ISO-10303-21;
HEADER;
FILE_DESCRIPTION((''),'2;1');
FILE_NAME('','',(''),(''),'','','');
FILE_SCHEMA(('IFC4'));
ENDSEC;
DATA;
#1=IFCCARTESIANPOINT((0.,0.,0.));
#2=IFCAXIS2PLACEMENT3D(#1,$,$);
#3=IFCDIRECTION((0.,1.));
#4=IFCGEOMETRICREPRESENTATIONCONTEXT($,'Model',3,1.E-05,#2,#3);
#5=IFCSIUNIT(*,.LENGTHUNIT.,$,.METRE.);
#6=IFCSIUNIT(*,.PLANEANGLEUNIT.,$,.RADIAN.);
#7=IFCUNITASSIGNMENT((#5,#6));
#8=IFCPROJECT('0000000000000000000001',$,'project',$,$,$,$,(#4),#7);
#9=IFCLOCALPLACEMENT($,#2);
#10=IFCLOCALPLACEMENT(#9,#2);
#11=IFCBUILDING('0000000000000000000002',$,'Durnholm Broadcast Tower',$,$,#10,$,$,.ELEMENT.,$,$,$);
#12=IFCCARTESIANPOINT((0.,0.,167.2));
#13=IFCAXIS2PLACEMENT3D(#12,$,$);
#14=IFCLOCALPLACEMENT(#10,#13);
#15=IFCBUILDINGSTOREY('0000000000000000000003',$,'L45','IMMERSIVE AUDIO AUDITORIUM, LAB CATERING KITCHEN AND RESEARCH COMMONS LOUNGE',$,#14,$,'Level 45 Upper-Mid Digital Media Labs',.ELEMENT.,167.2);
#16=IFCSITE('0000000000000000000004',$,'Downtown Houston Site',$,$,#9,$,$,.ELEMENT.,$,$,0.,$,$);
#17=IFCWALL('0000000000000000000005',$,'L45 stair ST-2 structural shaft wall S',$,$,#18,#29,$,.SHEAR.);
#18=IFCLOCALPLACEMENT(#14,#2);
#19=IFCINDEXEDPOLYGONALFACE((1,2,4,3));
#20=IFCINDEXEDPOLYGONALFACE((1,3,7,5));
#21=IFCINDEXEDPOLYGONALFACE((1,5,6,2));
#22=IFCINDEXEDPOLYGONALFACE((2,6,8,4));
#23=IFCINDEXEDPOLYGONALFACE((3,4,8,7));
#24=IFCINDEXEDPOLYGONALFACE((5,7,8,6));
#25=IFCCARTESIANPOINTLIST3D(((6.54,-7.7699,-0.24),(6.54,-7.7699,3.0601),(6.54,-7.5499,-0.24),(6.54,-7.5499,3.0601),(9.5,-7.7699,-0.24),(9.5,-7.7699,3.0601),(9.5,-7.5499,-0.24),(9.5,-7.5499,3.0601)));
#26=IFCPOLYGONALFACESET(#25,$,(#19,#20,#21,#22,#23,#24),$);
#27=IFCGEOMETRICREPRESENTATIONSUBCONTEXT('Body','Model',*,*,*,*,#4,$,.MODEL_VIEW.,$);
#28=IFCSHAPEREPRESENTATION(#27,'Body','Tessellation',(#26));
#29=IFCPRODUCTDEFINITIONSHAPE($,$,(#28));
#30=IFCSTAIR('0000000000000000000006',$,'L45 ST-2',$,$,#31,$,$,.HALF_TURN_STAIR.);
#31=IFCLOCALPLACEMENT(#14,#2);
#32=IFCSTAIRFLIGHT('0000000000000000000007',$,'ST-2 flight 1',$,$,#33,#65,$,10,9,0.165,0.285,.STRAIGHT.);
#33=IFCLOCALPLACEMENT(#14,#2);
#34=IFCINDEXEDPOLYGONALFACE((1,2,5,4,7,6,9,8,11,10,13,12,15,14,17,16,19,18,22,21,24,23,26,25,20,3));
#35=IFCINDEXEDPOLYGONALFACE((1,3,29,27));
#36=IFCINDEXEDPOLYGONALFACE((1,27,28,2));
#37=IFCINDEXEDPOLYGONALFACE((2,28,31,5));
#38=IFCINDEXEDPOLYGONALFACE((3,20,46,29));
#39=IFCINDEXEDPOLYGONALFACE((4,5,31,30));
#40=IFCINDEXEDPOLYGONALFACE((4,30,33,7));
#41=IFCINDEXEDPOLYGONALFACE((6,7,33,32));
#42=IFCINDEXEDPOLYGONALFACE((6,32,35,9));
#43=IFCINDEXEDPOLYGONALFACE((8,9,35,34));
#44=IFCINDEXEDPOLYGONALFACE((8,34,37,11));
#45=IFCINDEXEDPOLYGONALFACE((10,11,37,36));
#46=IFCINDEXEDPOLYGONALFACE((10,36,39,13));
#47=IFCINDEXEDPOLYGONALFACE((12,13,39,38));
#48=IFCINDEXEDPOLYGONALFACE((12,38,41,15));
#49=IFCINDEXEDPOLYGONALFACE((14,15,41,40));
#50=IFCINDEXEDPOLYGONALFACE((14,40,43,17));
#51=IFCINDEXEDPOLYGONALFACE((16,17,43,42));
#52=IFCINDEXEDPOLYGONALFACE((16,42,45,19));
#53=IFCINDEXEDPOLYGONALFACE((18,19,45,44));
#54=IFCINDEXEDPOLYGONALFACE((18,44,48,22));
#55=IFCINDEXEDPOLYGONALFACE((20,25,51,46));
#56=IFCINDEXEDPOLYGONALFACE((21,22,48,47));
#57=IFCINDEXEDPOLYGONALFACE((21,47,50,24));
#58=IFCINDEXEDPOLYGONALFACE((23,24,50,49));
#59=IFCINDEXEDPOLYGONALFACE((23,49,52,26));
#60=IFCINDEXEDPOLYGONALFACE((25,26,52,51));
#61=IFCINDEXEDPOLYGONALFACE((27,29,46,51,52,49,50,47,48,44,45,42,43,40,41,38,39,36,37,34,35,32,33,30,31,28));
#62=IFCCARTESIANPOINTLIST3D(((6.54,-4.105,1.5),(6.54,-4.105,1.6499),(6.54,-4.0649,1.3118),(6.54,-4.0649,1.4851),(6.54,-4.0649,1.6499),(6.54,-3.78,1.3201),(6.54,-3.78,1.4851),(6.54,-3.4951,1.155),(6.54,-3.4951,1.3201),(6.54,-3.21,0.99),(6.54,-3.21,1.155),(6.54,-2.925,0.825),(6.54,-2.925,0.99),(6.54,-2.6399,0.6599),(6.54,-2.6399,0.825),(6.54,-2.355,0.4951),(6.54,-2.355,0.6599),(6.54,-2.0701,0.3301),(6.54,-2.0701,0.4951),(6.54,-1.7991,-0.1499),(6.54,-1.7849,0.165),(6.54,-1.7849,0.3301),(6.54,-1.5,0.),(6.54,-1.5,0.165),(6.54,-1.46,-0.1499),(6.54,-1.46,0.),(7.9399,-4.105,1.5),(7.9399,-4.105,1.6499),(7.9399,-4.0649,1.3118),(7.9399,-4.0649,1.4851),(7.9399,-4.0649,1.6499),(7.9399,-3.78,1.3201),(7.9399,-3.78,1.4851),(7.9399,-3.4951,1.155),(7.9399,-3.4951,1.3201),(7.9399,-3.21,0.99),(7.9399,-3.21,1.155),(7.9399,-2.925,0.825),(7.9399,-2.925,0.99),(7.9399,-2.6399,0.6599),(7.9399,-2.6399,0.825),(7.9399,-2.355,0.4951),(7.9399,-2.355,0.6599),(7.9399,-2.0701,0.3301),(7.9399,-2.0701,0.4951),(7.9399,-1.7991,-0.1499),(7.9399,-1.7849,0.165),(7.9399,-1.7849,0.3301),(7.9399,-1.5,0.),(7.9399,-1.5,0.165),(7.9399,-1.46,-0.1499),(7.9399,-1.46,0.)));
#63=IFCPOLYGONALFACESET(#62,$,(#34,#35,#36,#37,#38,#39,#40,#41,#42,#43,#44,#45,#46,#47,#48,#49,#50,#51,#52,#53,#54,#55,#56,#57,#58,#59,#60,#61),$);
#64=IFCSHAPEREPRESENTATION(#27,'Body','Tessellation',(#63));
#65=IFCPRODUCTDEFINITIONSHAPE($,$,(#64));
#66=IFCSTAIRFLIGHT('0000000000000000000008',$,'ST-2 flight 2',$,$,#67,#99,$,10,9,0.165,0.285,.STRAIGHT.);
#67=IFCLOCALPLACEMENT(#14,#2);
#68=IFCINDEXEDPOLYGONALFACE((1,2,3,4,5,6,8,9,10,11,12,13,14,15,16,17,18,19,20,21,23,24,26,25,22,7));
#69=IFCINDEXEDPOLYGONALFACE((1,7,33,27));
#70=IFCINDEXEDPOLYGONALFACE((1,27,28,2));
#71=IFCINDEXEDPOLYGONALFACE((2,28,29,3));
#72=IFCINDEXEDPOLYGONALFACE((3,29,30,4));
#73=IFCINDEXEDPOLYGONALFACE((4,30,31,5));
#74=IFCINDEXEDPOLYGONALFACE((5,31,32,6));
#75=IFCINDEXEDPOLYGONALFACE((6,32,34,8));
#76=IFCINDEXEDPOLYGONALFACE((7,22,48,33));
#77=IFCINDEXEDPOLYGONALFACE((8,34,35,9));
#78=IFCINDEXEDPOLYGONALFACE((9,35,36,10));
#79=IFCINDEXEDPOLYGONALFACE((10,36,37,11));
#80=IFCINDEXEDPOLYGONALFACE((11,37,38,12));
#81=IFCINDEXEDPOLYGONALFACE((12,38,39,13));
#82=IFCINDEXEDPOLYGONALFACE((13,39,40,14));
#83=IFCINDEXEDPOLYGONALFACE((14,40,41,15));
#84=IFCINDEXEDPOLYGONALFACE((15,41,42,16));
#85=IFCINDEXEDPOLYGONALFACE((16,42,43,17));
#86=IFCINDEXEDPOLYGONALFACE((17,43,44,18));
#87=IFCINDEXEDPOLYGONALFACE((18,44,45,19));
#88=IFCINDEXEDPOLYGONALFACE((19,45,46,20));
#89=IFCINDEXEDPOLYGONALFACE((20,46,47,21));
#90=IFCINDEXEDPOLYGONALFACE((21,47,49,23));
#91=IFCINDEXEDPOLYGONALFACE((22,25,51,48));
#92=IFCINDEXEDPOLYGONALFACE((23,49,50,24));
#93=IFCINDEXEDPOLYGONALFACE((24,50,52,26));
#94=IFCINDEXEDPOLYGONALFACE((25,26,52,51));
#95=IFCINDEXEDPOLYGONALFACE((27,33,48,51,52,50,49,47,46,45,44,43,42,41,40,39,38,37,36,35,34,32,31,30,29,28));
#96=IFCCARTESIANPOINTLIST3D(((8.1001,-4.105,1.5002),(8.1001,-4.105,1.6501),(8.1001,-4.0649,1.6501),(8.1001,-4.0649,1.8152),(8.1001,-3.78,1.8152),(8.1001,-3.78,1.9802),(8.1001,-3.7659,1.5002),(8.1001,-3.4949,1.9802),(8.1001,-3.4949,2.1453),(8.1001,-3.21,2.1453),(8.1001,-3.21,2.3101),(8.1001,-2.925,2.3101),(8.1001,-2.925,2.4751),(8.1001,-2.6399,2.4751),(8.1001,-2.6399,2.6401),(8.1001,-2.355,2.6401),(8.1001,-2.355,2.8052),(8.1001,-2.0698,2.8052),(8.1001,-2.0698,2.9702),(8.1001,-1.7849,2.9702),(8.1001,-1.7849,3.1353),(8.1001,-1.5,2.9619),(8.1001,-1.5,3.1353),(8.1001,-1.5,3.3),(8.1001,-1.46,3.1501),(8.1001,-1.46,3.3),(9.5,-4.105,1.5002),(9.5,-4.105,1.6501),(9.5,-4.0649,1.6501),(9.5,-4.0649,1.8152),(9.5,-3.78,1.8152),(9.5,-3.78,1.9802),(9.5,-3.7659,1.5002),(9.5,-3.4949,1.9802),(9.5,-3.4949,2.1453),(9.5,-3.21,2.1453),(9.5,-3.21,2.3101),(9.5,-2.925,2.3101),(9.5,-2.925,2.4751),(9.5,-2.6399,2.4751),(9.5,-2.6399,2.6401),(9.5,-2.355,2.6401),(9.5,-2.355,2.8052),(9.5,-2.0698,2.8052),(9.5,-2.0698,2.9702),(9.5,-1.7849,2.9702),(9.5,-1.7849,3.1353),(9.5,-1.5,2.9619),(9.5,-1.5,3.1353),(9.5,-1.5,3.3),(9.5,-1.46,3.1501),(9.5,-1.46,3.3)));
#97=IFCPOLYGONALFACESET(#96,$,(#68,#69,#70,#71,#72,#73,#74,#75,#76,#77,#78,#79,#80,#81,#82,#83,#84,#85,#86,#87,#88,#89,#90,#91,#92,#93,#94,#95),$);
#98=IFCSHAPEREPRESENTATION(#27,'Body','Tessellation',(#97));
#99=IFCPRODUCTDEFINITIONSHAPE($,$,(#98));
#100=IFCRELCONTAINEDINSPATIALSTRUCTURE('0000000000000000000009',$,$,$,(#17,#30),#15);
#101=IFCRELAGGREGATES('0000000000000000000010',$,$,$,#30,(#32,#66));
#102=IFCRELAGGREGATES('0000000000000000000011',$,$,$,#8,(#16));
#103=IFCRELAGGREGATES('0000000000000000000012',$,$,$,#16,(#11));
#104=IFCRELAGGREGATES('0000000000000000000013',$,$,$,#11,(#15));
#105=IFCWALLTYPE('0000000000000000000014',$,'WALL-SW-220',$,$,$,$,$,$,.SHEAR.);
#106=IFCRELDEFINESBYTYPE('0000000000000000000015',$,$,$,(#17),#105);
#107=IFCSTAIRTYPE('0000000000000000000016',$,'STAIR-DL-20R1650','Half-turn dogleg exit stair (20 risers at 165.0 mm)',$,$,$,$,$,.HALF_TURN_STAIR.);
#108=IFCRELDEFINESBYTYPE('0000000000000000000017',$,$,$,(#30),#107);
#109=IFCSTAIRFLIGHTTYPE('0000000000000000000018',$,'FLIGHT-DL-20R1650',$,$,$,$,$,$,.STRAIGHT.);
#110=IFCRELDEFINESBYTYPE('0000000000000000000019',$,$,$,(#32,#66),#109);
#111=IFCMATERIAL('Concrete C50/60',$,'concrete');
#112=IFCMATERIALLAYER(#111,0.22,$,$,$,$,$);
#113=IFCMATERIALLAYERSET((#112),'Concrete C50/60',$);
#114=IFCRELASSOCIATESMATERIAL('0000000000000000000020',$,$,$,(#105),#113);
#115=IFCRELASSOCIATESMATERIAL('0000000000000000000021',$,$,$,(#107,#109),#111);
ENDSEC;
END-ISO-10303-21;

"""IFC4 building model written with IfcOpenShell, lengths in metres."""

from ifc_helpers import new_model, si_unit, direction, frame, frame_2d, origin, place, context, subcontext, project, spatial, polyline, rectangle, outline, extrude, material, layer, layer_set, type_object, element, aggregate, save


model = new_model("IFC4")

# Units and contexts
model_context = context("Model", 3, precision=1e-05, world=origin(), true_north=direction((0.0, 1.0)))
body_context = subcontext(model_context, "Body", "Model", "MODEL_VIEW")
ifc_project = project(units=[si_unit("LENGTHUNIT", "METRE"), si_unit("PLANEANGLEUNIT", "RADIAN")], contexts=[model_context])

# Site, building, storey
site_placement = place(None, origin())
site = spatial("IfcSite", under=ifc_project, at=site_placement, Name="Downtown Houston Site", CompositionType="ELEMENT", RefElevation=0.0)
building_placement = place(site_placement, origin())
building = spatial("IfcBuilding", under=site, at=building_placement, Name="Durnholm Broadcast Tower", CompositionType="ELEMENT")
storey_placement = place(building_placement, frame((0.0, 0.0, 167.2)))
storey = spatial("IfcBuildingStorey", under=building, at=storey_placement, Name="L45", Description="IMMERSIVE AUDIO AUDITORIUM, LAB CATERING KITCHEN AND RESEARCH COMMONS LOUNGE", LongName="Level 45 Upper-Mid Digital Media Labs", CompositionType="ELEMENT", Elevation=167.2)

# Wall
ifc_material_1 = material(Name="Concrete C50/60", Category="concrete")
ifc_layer_1 = layer(ifc_material_1, 0.22)
ifc_layer_set_1 = layer_set([ifc_layer_1], Name="Concrete C50/60")
wall_type_1 = type_object("IfcWallType", Name="WALL-SW-220", PredefinedType="SHEAR", material=ifc_layer_set_1)
wall_1_placement = place(storey_placement, frame((6.54, -7.6599, -0.24), z_axis=(0.0, 0.0, 1.0), x_axis=(1.0, 0.0, 0.0)))
element("IfcWall", 1, at=wall_1_placement, inside=storey, type_object=wall_type_1, Name="L45 stair ST-2 structural shaft wall S", PredefinedType="SHEAR", context=body_context, shape_type="SweptSolid", body=[
    extrude(rectangle(XDim=2.96, YDim=0.22, at=frame_2d((1.48, 0.0))), origin(), (0.0, 0.0, 1.0), 3.3),
])

# Stair, stair flights
stair_type = type_object("IfcStairType", Name="STAIR-DL-20R1650", Description="Half-turn dogleg exit stair (20 risers at 165.0 mm)", PredefinedType="HALF_TURN_STAIR", material=ifc_material_1)
stair_placement = place(storey_placement, origin())
stair = element("IfcStair", 2, at=stair_placement, inside=storey, type_object=stair_type, Name="L45 ST-2", PredefinedType="HALF_TURN_STAIR")
stair_flight_type = type_object("IfcStairFlightType", Name="FLIGHT-DL-20R1650", PredefinedType="STRAIGHT", material=ifc_material_1)
stair_flight_1_placement = place(storey_placement, frame((7.24, -1.5, 0.0), z_axis=(0.0, 0.0, 1.0), x_axis=(0.0, -1.0, 0.0)))
stair_flight_1 = element("IfcStairFlight", 3, at=stair_flight_1_placement, type_object=stair_flight_type, Name="ST-2 flight 1", NumberOfRisers=10, NumberOfTreads=9, PredefinedType="STRAIGHT", RiserHeight=0.165, TreadLength=0.285, context=body_context, shape_type="SweptSolid", body=[
    extrude(outline(polyline([(-0.04, -0.1499), (-0.04, 0.0), (0.0, 0.0), (0.0, 0.165), (0.2849, 0.165), (0.2849, 0.3301), (0.5701, 0.3301), (0.5701, 0.4951), (0.855, 0.4951), (0.855, 0.6599), (1.1399, 0.6599), (1.1399, 0.825), (1.425, 0.825), (1.425, 0.99), (1.71, 0.99), (1.71, 1.155), (1.9951, 1.155), (1.9951, 1.3201), (2.28, 1.3201), (2.28, 1.4851), (2.5649, 1.4851), (2.5649, 1.6499), (2.605, 1.6499), (2.605, 1.5), (2.5649, 1.3118), (0.2991, -0.1499), (-0.04, -0.1499)])), frame((0.0, 0.7, 0.0), z_axis=(0.0, -1.0, 0.0), x_axis=(1.0, 0.0, 0.0)), (0.0, 0.0, 1.0), 1.3999),
])
stair_flight_2_placement = place(storey_placement, frame((8.8, -4.0649, 1.6501), z_axis=(0.0, 0.0, 1.0), x_axis=(0.0, 1.0, 0.0)))
stair_flight_2 = element("IfcStairFlight", 4, at=stair_flight_2_placement, type_object=stair_flight_type, Name="ST-2 flight 2", NumberOfRisers=10, NumberOfTreads=9, PredefinedType="STRAIGHT", RiserHeight=0.165, TreadLength=0.285, context=body_context, shape_type="SweptSolid", body=[
    extrude(outline(polyline([(-0.04, -0.1499), (-0.04, 0.0), (0.0, 0.0), (0.0, 0.165), (0.2849, 0.165), (0.2849, 0.3301), (0.5701, 0.3301), (0.5701, 0.4951), (0.855, 0.4951), (0.855, 0.6599), (1.1399, 0.6599), (1.1399, 0.825), (1.425, 0.825), (1.425, 0.99), (1.71, 0.99), (1.71, 1.155), (1.9951, 1.155), (1.9951, 1.3201), (2.28, 1.3201), (2.28, 1.4851), (2.5649, 1.4851), (2.5649, 1.6499), (2.605, 1.6499), (2.605, 1.5), (2.5649, 1.3118), (0.2991, -0.1499), (-0.04, -0.1499)])), frame((0.0, 0.7, 0.0), z_axis=(0.0, -1.0, 0.0), x_axis=(1.0, 0.0, 0.0)), (0.0, 0.0, 1.0), 1.3999),
])
aggregate(stair, [stair_flight_1, stair_flight_2])

save(model, "model.ifc")
